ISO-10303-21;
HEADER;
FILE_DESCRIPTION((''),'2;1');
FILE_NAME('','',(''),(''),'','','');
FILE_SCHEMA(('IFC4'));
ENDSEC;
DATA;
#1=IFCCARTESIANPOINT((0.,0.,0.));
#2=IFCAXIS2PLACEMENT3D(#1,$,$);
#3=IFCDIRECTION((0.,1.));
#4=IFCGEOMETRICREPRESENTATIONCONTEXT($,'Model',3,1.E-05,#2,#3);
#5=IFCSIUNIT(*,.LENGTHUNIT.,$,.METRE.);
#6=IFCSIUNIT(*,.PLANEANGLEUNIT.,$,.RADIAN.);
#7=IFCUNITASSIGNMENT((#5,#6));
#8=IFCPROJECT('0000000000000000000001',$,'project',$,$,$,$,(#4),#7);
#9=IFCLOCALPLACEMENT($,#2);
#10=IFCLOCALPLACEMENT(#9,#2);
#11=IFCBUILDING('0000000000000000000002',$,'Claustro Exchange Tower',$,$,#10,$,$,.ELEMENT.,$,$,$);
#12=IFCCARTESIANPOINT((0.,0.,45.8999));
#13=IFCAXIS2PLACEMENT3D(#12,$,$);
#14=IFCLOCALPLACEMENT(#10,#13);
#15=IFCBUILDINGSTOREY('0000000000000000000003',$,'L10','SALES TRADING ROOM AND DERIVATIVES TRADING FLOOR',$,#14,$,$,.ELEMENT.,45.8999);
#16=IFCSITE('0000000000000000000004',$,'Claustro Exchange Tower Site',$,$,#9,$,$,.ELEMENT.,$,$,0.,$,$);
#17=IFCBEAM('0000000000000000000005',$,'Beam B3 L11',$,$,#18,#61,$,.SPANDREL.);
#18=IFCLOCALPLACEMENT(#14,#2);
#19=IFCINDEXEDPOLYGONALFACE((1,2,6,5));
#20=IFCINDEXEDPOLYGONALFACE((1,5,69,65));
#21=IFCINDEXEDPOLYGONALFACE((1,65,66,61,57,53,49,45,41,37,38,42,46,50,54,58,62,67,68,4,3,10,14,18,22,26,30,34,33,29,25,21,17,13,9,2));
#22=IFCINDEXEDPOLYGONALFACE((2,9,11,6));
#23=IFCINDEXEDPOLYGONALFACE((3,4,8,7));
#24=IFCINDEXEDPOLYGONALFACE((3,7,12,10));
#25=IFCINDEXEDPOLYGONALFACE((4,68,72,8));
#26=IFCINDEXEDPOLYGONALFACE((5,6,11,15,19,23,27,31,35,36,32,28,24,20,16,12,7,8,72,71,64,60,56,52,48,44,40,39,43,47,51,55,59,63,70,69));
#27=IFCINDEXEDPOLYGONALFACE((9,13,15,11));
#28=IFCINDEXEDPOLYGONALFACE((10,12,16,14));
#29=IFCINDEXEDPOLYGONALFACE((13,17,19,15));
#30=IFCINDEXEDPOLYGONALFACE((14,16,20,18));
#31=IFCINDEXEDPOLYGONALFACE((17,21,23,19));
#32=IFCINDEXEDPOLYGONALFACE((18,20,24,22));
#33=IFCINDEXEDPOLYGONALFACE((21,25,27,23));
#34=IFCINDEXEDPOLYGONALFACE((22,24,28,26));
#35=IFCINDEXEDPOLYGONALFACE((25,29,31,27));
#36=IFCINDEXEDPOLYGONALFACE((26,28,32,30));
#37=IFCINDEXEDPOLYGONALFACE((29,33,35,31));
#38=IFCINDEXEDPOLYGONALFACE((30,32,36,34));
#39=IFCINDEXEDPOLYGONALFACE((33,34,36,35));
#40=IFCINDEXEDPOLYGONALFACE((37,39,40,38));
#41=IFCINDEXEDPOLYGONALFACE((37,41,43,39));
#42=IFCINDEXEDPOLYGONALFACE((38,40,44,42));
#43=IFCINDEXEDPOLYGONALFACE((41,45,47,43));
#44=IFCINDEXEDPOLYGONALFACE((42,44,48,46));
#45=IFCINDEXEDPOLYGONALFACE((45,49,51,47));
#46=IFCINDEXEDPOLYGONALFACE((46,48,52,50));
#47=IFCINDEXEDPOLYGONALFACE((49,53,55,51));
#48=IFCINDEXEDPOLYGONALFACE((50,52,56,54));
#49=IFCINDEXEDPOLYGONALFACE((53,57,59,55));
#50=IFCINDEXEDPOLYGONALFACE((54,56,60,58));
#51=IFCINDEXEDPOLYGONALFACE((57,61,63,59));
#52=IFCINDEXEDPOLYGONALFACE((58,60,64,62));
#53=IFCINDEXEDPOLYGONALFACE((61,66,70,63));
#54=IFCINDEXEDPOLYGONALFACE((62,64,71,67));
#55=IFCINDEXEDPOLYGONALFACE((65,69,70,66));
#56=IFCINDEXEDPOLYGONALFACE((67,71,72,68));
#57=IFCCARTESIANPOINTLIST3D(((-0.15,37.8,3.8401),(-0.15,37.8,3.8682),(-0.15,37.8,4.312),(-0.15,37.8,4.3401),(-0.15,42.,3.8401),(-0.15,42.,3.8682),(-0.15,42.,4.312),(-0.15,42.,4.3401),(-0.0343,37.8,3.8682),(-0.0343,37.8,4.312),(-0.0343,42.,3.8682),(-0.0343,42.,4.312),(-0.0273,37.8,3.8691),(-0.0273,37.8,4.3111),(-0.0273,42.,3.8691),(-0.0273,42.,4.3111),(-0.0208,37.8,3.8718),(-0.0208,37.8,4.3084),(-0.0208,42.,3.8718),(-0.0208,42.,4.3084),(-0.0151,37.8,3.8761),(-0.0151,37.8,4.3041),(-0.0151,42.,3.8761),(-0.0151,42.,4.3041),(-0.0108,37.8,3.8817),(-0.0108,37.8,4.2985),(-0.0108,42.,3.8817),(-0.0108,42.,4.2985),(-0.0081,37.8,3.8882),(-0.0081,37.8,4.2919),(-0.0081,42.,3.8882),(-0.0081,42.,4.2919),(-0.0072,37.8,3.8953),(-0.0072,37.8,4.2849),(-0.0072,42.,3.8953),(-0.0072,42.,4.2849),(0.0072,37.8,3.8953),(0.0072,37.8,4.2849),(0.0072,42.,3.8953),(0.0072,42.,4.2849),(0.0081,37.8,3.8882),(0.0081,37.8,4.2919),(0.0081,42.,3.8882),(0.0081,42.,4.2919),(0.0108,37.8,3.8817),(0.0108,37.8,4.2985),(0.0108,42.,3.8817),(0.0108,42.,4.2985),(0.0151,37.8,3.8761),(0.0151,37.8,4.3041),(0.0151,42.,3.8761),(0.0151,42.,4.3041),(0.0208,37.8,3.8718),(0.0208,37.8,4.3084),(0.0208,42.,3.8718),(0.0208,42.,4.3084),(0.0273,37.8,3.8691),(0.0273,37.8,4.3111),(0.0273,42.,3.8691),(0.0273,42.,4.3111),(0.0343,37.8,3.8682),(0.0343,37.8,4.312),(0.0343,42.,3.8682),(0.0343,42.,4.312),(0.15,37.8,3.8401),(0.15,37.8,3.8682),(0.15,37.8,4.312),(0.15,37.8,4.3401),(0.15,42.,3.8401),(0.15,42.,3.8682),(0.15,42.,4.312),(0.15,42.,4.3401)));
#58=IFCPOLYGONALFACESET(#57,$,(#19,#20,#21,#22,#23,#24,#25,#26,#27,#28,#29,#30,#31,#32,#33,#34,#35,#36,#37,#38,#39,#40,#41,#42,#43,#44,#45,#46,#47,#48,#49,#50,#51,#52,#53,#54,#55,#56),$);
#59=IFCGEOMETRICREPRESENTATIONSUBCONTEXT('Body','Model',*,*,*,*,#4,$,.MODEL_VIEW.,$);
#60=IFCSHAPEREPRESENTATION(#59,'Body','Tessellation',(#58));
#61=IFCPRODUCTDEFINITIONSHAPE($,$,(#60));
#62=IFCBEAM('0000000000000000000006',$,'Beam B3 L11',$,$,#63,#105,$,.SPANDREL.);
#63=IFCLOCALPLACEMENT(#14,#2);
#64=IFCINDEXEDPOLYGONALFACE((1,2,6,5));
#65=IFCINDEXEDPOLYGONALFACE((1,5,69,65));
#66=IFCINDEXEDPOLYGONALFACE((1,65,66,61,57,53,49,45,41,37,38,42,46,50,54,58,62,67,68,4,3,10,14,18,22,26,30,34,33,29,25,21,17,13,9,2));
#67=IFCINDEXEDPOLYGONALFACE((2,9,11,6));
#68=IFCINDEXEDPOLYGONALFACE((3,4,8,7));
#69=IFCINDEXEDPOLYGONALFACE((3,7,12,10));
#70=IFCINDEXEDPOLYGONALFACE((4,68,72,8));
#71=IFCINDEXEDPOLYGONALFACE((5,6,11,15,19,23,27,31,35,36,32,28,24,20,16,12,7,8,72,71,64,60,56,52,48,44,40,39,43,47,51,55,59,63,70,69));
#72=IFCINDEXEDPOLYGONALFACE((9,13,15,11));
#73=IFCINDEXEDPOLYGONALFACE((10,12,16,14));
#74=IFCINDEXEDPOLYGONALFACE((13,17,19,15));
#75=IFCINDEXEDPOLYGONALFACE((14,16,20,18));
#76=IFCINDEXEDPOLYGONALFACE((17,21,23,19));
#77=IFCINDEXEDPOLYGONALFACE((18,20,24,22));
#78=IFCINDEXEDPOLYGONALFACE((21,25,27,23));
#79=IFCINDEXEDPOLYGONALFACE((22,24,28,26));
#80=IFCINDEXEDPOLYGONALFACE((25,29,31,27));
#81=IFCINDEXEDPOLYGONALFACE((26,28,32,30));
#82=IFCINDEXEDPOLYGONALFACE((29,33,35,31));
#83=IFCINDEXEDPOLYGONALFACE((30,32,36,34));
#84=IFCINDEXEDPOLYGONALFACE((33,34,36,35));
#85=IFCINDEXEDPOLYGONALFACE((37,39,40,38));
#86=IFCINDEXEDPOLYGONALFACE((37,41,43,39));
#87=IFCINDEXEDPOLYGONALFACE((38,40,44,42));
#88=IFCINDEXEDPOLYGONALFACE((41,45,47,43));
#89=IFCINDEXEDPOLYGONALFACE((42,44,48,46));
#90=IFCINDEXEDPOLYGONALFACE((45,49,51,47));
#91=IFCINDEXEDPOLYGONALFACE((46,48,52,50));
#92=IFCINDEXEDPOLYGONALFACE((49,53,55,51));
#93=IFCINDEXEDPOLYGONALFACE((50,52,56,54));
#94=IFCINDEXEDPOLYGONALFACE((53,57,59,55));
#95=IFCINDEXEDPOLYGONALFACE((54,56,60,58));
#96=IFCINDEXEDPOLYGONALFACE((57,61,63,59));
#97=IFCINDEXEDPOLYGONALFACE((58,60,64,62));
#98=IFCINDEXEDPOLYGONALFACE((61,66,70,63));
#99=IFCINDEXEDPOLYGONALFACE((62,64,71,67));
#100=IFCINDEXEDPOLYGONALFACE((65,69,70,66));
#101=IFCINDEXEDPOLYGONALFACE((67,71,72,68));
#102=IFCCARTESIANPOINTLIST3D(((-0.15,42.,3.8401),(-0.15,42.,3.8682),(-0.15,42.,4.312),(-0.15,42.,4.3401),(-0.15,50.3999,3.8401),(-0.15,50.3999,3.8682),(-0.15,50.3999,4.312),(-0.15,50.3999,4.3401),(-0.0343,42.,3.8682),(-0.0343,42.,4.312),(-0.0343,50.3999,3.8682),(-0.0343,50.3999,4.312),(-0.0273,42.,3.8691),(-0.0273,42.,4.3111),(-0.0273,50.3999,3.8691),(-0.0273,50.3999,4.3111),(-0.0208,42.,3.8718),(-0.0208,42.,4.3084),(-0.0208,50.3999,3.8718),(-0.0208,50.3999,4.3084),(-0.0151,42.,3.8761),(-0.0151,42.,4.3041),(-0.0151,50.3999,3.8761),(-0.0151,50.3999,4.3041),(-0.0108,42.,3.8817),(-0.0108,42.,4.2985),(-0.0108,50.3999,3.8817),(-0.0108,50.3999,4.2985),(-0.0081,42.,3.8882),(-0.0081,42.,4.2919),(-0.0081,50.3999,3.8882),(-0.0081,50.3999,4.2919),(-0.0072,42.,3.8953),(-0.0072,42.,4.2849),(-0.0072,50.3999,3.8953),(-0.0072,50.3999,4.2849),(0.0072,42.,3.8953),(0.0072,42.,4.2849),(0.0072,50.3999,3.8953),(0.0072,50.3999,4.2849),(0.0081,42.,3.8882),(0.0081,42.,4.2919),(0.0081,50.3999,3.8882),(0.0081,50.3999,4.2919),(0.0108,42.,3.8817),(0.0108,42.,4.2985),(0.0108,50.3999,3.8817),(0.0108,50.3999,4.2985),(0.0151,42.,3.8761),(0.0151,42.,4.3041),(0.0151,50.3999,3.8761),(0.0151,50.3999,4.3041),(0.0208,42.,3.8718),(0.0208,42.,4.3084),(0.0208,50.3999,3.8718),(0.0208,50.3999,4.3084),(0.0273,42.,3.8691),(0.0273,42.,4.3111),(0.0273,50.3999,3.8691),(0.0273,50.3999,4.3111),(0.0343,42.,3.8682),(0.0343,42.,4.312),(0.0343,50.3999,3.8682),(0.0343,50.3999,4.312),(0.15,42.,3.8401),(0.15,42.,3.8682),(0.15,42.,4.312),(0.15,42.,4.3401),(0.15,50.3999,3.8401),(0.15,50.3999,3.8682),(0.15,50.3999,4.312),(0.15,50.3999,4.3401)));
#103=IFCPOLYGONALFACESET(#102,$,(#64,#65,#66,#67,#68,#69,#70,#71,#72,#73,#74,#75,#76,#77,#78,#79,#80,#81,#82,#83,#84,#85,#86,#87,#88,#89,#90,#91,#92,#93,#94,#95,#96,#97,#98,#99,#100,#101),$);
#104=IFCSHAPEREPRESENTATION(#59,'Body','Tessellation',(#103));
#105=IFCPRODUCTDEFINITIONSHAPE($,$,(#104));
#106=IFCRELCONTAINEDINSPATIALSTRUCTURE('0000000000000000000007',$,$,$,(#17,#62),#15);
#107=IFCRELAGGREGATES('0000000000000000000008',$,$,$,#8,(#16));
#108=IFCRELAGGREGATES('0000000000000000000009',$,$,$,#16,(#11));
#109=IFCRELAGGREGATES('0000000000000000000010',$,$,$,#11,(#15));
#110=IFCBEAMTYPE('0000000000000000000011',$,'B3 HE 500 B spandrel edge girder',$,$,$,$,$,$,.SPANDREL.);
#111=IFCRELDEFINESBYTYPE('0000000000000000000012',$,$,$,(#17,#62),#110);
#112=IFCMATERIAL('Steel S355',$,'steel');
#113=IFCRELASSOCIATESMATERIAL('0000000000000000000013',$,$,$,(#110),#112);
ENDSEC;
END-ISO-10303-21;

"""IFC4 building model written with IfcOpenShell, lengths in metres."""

from ifc_helpers import new_model, si_unit, direction, frame, origin, origin_2d, place, context, subcontext, project, spatial, i_section, extrude, material, material_profile, profile_set, type_object, element, save


model = new_model("IFC4")

# Units and contexts
model_context = context("Model", 3, precision=1e-05, world=origin(), true_north=direction((0.0, 1.0)))
body_context = subcontext(model_context, "Body", "Model", "MODEL_VIEW")
ifc_project = project(units=[si_unit("LENGTHUNIT", "METRE"), si_unit("PLANEANGLEUNIT", "RADIAN")], contexts=[model_context])

# Site, building, storey
site_placement = place(None, origin())
site = spatial("IfcSite", under=ifc_project, at=site_placement, Name="Claustro Exchange Tower Site", CompositionType="ELEMENT", RefElevation=0.0)
building_placement = place(site_placement, origin())
building = spatial("IfcBuilding", under=site, at=building_placement, Name="Claustro Exchange Tower", CompositionType="ELEMENT")
storey_placement = place(building_placement, frame((0.0, 0.0, 45.8999)))
storey = spatial("IfcBuildingStorey", under=building, at=storey_placement, Name="L10", Description="SALES TRADING ROOM AND DERIVATIVES TRADING FLOOR", CompositionType="ELEMENT", Elevation=45.8999)

# Beams
ifc_material_1 = material(Name="Steel S355", Category="steel")
ifc_material_profile_1 = material_profile(ifc_material_1, i_section(OverallWidth=0.3, OverallDepth=0.5, WebThickness=0.0144, FlangeThickness=0.0281, FilletRadius=0.0271, at=origin_2d()), Name="HE 500 B")
ifc_profile_set_1 = profile_set([ifc_material_profile_1], Name="Steel S355")
beam_type_1 = type_object("IfcBeamType", Name="B3 HE 500 B spandrel edge girder", PredefinedType="SPANDREL", material=ifc_profile_set_1)
beam_1_placement = place(storey_placement, frame((0.0, 37.8, 4.0901), z_axis=(0.0, 1.0, 0.0), x_axis=(-1.0, 0.0, 0.0)))
element("IfcBeam", 1, at=beam_1_placement, inside=storey, type_object=beam_type_1, Name="Beam B3 L11", PredefinedType="SPANDREL", context=body_context, shape_type="SweptSolid", body=[
    extrude(i_section(OverallWidth=0.3, OverallDepth=0.5, WebThickness=0.0144, FlangeThickness=0.0281, FilletRadius=0.0271, at=origin_2d()), origin(), (0.0, 0.0, 1.0), 4.2),
])
beam_2_placement = place(storey_placement, frame((0.0, 42.0, 4.0901), z_axis=(0.0, 1.0, 0.0), x_axis=(-1.0, 0.0, 0.0)))
element("IfcBeam", 2, at=beam_2_placement, inside=storey, type_object=beam_type_1, Name="Beam B3 L11", PredefinedType="SPANDREL", context=body_context, shape_type="SweptSolid", body=[
    extrude(i_section(OverallWidth=0.3, OverallDepth=0.5, WebThickness=0.0144, FlangeThickness=0.0281, FilletRadius=0.0271, at=origin_2d()), origin(), (0.0, 0.0, 1.0), 8.3999),
])

save(model, "model.ifc")
